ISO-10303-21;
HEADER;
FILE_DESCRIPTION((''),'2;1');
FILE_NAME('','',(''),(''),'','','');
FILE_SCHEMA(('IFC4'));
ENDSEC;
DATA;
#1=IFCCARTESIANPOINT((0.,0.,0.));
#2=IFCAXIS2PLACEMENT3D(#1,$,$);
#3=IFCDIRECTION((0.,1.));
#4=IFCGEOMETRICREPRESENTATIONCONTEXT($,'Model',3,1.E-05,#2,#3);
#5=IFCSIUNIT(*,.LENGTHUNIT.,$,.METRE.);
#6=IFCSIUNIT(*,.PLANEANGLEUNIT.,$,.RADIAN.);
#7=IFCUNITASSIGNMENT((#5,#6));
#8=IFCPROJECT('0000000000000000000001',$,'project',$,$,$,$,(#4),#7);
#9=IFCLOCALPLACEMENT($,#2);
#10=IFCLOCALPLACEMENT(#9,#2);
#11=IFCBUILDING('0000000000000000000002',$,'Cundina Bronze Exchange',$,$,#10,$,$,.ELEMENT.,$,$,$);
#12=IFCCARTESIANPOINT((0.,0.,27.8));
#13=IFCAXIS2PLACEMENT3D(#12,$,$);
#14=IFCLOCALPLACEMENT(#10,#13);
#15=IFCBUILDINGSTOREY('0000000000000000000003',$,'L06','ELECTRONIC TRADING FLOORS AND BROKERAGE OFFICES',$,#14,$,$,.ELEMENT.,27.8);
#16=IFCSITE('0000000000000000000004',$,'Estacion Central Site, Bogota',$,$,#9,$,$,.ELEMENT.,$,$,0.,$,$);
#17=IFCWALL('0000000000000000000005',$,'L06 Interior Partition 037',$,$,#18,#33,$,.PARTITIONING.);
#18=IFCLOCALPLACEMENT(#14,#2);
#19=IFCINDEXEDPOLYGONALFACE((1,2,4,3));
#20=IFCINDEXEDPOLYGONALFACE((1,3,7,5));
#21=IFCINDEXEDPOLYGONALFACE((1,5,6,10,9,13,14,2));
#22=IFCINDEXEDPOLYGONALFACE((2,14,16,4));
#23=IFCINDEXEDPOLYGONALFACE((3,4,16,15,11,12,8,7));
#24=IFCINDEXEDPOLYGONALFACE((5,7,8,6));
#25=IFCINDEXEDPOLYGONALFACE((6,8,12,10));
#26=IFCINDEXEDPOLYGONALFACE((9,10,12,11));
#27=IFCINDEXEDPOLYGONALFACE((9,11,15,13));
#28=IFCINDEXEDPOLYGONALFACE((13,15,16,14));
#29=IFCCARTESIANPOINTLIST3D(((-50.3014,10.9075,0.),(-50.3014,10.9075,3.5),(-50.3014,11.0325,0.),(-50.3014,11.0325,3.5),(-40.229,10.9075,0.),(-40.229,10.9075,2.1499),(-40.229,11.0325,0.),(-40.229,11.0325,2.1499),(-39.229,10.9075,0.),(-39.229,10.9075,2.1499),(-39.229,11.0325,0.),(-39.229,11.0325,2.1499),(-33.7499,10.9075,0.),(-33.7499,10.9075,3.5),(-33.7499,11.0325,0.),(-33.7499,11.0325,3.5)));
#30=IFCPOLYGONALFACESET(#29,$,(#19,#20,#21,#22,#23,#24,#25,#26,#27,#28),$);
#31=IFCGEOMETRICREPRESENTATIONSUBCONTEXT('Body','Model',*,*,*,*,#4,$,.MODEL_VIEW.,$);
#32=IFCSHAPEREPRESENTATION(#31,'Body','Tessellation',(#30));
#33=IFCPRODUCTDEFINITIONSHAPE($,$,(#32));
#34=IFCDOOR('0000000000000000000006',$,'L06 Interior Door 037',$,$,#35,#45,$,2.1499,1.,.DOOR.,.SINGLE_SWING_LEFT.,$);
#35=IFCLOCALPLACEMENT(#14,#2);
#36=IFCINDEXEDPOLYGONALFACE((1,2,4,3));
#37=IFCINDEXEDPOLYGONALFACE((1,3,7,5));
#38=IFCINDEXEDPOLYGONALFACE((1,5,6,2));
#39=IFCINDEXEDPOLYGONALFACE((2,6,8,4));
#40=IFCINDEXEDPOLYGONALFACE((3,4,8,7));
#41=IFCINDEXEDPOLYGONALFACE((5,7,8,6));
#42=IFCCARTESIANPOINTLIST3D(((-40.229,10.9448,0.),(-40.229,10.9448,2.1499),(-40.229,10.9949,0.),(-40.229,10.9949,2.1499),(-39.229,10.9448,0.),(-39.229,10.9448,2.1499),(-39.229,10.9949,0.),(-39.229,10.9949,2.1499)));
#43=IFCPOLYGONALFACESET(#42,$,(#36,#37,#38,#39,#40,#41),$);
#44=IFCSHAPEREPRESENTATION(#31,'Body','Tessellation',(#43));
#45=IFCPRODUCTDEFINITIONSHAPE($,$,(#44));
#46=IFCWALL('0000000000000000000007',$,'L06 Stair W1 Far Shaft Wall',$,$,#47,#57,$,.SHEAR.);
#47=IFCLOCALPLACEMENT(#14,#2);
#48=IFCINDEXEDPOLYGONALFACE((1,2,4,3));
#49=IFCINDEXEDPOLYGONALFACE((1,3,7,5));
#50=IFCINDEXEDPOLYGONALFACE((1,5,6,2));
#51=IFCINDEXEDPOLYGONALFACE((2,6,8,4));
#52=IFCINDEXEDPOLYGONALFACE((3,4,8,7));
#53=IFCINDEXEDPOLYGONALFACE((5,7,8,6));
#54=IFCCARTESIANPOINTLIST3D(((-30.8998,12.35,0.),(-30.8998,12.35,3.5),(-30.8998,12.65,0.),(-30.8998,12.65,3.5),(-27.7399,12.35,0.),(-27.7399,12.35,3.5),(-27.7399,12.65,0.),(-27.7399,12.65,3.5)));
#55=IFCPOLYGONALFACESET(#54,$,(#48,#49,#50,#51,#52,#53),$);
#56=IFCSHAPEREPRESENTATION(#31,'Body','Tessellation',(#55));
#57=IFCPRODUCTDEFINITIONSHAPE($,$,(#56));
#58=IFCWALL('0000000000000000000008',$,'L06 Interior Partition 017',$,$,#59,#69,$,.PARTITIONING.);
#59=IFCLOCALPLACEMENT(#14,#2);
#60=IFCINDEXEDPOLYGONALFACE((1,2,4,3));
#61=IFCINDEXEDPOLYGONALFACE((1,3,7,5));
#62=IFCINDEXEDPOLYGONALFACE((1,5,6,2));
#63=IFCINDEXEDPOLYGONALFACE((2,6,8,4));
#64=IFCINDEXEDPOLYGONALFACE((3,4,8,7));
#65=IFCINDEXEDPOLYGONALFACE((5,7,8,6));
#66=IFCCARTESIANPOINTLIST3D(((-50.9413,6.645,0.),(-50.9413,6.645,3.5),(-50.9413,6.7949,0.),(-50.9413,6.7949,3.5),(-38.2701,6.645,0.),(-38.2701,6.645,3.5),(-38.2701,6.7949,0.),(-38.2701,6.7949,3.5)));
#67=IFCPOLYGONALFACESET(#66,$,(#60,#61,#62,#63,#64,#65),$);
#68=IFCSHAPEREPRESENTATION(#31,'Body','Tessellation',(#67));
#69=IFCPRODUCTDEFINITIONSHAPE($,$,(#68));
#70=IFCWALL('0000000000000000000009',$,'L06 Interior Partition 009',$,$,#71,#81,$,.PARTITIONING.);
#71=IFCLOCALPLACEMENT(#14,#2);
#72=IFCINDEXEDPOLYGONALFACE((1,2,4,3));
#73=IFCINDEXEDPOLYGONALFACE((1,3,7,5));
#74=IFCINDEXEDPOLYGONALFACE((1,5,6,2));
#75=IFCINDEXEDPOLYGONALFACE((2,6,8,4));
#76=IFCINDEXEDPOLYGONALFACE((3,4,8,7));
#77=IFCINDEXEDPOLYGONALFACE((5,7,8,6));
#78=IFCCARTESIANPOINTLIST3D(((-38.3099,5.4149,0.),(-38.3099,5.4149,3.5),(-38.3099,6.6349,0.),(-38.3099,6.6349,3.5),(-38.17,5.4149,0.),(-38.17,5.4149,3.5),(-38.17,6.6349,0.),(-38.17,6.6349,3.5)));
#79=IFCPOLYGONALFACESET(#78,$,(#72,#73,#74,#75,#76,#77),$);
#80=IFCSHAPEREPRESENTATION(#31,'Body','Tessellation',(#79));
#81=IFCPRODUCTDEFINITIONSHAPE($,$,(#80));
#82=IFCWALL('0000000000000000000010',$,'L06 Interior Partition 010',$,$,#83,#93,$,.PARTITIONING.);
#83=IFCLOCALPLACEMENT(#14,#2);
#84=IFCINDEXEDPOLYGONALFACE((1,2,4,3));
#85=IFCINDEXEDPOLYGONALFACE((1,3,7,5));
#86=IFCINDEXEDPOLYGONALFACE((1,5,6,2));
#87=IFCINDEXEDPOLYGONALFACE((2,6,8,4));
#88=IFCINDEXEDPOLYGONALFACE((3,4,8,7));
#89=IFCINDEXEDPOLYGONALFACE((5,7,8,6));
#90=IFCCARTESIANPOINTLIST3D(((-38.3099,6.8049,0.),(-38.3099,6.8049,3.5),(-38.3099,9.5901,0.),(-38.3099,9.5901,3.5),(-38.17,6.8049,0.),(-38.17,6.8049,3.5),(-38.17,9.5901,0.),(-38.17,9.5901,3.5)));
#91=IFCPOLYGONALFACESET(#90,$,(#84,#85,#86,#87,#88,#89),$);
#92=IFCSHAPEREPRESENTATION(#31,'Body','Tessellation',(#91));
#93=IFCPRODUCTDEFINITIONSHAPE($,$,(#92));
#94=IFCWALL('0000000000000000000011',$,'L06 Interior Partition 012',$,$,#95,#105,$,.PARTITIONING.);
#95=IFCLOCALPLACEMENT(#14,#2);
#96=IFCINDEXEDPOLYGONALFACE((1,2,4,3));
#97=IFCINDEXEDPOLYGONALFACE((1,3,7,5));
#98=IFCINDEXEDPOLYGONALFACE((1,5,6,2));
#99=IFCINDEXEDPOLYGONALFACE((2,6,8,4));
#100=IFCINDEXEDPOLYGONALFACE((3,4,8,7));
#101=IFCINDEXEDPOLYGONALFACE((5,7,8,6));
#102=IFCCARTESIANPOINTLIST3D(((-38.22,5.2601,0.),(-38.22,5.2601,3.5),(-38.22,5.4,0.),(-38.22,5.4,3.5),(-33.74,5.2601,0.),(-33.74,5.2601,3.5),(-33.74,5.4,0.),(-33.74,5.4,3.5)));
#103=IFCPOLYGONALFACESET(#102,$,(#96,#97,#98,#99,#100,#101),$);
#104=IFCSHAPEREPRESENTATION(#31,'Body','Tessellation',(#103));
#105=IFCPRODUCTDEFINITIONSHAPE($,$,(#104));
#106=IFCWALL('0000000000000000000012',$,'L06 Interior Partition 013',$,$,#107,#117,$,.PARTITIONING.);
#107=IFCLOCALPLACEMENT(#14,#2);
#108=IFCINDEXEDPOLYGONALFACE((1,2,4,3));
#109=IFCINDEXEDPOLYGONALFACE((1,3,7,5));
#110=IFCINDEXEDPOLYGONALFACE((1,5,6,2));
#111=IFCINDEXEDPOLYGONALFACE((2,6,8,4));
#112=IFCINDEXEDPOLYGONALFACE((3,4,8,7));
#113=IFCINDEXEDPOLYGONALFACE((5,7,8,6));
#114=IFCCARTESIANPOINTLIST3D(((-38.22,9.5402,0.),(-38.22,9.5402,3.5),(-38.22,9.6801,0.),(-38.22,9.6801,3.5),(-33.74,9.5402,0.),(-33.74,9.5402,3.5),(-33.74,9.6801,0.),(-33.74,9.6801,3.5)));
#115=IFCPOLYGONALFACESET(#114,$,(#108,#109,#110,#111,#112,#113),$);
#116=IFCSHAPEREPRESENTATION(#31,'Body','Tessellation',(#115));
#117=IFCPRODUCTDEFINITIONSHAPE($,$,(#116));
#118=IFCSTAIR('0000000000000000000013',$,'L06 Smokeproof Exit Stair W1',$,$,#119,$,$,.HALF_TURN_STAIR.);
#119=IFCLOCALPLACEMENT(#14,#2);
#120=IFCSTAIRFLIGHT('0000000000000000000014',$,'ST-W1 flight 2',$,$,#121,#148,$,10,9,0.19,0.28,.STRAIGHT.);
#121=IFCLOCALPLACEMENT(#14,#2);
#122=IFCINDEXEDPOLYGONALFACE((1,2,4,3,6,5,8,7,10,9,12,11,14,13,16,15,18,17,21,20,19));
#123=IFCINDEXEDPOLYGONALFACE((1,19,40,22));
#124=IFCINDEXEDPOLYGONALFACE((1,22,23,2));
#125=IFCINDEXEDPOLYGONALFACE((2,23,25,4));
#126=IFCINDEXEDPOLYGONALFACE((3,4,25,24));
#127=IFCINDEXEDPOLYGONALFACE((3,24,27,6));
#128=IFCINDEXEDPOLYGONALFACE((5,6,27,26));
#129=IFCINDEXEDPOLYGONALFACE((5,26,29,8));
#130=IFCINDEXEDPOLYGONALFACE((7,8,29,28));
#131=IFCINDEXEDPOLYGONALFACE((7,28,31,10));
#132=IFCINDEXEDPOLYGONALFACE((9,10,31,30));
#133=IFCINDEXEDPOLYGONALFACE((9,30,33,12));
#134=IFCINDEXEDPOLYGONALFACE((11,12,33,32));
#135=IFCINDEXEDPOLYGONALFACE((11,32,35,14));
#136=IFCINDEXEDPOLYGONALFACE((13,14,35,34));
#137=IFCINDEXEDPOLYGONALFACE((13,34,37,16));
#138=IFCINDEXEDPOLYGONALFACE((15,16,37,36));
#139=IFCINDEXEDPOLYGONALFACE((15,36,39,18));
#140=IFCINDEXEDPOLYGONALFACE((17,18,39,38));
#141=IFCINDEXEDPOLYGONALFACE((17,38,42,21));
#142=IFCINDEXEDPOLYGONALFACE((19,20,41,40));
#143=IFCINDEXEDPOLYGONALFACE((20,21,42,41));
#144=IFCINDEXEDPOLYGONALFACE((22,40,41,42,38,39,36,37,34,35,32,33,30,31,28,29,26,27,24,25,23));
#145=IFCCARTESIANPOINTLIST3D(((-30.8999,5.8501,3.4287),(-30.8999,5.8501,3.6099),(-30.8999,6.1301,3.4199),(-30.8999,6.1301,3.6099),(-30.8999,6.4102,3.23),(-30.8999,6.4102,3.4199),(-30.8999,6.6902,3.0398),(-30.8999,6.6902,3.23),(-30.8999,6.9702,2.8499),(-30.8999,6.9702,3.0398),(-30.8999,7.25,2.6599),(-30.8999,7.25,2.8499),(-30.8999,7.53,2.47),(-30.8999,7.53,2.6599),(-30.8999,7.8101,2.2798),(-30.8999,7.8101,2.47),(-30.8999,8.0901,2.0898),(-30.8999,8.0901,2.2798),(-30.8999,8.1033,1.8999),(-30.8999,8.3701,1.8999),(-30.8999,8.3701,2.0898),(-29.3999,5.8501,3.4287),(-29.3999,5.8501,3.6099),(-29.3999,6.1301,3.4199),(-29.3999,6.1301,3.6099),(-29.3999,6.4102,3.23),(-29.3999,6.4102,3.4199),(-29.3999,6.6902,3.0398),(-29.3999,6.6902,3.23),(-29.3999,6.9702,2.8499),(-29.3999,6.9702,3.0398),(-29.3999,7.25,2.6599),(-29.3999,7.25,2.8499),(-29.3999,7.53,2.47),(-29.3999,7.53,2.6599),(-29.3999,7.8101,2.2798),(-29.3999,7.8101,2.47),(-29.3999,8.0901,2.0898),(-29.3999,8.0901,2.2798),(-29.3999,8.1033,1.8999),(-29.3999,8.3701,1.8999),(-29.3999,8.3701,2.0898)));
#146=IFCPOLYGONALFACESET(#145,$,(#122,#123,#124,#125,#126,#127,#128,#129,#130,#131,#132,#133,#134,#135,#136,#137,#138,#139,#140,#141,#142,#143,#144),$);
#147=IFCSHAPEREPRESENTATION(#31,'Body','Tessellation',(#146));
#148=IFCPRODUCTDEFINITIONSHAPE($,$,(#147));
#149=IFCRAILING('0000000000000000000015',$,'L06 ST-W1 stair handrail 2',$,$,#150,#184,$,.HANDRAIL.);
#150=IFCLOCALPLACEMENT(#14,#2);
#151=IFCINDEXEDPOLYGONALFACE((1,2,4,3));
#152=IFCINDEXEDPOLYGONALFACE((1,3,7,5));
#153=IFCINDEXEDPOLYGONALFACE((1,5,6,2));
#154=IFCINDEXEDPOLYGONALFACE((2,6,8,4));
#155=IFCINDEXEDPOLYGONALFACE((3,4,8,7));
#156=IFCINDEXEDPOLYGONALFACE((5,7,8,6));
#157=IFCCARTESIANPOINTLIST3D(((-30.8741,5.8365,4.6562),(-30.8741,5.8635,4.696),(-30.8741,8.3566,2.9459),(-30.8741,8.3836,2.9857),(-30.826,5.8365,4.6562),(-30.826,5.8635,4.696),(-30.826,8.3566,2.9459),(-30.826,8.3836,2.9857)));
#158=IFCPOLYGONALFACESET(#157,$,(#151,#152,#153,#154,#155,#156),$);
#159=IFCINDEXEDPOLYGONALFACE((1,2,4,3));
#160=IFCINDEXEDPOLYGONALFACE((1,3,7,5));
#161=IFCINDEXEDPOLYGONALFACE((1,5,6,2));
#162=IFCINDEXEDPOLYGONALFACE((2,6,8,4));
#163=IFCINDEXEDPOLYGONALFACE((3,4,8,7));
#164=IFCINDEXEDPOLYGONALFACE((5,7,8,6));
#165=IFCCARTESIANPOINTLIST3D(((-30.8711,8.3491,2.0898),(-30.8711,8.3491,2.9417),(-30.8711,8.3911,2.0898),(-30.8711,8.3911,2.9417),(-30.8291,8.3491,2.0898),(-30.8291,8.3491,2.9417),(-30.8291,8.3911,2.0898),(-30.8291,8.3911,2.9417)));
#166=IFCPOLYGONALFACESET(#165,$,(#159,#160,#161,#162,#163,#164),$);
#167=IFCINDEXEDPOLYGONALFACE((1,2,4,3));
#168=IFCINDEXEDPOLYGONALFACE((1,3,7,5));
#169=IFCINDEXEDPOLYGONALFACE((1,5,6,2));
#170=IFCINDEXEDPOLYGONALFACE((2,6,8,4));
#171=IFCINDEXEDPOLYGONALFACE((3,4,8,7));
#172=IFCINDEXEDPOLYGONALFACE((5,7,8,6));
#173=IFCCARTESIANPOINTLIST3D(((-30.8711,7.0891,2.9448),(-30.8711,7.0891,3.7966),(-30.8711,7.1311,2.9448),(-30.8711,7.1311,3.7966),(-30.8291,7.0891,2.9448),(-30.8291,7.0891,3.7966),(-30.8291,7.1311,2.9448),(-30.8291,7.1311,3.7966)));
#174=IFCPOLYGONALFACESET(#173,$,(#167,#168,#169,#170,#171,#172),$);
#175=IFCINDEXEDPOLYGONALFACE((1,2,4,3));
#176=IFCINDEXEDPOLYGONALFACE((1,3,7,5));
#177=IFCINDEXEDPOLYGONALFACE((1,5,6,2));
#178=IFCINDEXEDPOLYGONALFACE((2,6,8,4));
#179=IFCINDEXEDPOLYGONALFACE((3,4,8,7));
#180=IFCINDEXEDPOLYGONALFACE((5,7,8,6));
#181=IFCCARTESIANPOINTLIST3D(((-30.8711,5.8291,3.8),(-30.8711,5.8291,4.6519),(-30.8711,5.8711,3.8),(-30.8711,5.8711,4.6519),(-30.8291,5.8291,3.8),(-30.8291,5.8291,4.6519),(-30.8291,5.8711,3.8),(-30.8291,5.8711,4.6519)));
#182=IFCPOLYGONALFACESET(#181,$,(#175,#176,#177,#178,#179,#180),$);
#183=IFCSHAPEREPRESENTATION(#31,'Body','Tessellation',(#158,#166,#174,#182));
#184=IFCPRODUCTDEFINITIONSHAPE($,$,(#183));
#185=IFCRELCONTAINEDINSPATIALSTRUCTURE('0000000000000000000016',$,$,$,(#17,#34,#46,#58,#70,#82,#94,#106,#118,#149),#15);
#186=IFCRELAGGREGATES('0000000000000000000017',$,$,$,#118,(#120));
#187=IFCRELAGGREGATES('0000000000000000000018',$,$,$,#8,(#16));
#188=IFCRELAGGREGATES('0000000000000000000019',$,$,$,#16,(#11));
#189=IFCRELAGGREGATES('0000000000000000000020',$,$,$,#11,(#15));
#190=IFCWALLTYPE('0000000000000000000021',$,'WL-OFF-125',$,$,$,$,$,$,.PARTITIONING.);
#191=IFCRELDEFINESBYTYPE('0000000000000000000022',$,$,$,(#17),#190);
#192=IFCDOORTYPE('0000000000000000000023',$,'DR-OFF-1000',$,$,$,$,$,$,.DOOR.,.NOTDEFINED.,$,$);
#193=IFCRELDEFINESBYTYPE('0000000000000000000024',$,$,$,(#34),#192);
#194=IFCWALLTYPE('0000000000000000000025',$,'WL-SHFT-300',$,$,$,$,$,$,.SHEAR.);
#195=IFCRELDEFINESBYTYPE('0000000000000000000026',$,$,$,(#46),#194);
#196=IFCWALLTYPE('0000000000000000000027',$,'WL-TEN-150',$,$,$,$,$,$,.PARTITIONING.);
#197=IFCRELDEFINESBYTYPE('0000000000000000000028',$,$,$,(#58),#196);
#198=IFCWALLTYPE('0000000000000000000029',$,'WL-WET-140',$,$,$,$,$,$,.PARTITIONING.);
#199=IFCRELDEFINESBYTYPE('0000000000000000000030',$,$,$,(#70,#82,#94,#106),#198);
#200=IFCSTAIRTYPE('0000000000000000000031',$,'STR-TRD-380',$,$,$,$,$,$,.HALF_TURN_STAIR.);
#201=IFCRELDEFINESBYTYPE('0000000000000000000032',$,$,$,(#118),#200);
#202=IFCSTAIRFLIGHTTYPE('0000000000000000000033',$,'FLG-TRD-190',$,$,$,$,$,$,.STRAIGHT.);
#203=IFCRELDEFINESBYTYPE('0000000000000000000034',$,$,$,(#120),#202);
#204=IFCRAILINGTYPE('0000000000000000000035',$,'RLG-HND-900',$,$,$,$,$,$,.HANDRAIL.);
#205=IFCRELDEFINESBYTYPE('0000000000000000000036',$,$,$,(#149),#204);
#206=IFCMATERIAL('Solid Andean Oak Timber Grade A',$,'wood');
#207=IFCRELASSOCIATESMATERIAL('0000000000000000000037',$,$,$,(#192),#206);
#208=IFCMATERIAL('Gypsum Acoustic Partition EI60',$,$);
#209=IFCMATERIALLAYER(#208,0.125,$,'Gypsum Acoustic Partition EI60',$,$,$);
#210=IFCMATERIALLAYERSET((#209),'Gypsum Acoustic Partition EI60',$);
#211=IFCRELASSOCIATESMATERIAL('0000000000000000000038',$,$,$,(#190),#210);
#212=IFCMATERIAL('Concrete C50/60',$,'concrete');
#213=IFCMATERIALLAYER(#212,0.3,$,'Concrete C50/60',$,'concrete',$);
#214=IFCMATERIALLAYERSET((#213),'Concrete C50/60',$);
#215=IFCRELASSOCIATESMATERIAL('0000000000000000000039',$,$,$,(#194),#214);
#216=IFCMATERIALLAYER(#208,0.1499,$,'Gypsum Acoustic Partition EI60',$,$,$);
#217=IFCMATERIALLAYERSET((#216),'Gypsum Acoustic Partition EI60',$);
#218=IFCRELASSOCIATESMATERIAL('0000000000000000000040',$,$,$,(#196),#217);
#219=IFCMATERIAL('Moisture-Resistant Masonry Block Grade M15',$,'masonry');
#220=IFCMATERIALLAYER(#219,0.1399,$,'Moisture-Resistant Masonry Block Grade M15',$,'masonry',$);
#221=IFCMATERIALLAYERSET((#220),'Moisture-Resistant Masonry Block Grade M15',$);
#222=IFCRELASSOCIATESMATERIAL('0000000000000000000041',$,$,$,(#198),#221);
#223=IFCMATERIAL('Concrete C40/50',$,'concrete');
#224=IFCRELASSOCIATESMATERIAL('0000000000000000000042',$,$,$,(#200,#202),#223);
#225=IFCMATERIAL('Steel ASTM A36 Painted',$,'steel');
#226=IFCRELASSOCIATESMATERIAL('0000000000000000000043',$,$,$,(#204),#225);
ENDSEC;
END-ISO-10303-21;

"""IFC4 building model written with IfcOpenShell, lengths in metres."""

from ifc_helpers import new_model, si_unit, direction, frame, frame_2d, origin, origin_2d, place, context, subcontext, project, spatial, polyline, rectangle, outline, extrude, material, layer, layer_set, type_object, element, fill, aggregate, save


model = new_model("IFC4")

# Units and contexts
model_context = context("Model", 3, precision=1e-05, world=origin(), true_north=direction((0.0, 1.0)))
body_context = subcontext(model_context, "Body", "Model", "MODEL_VIEW")
ifc_project = project(units=[si_unit("LENGTHUNIT", "METRE"), si_unit("PLANEANGLEUNIT", "RADIAN")], contexts=[model_context])

# Site, building, storey
site_placement = place(None, origin())
site = spatial("IfcSite", under=ifc_project, at=site_placement, Name="Estacion Central Site, Bogota", CompositionType="ELEMENT", RefElevation=0.0)
building_placement = place(site_placement, origin())
building = spatial("IfcBuilding", under=site, at=building_placement, Name="Cundina Bronze Exchange", CompositionType="ELEMENT")
storey_placement = place(building_placement, frame((0.0, 0.0, 27.8)))
storey = spatial("IfcBuildingStorey", under=building, at=storey_placement, Name="L06", Description="ELECTRONIC TRADING FLOORS AND BROKERAGE OFFICES", CompositionType="ELEMENT", Elevation=27.8)

# Shared definitions
ifc_material_1 = material(Name="Solid Andean Oak Timber Grade A", Category="wood")
door_type_1 = type_object("IfcDoorType", Name="DR-OFF-1000", OperationType="NOTDEFINED", PredefinedType="DOOR", material=ifc_material_1)

# Wall, opening, door
ifc_material_2 = material(Name="Gypsum Acoustic Partition EI60")
ifc_layer_1 = layer(ifc_material_2, 0.125, Name="Gypsum Acoustic Partition EI60")
ifc_layer_set_1 = layer_set([ifc_layer_1], Name="Gypsum Acoustic Partition EI60")
wall_type_1 = type_object("IfcWallType", Name="WL-OFF-125", PredefinedType="PARTITIONING", material=ifc_layer_set_1)
wall_1_placement = place(storey_placement, frame((-50.3015, 10.97, 0.0), z_axis=(0.0, 0.0, 1.0), x_axis=(1.0, 0.0, 0.0)))
wall_1 = element("IfcWall", 1, at=wall_1_placement, inside=storey, type_object=wall_type_1, Name="L06 Interior Partition 037", PredefinedType="PARTITIONING", context=body_context, shape_type="SweptSolid", body=[
    extrude(rectangle(XDim=16.5515, YDim=0.125, at=frame_2d((8.2759, 0.0))), origin(), (0.0, 0.0, 1.0), 3.5),
])
opening_1_placement = place(wall_1_placement, frame((10.0725, 0.0, 0.0)))
opening_1 = element("IfcOpeningElement", 2, at=opening_1_placement, cuts=wall_1, PredefinedType="OPENING", context=body_context, shape_type="SweptSolid", body=[
    extrude(rectangle(XDim=1.0, YDim=2.1499, at=frame_2d((0.5, 1.075))), frame((0.0, 0.0725, 0.0), z_axis=(0.0, -1.0, 0.0), x_axis=(1.0, 0.0, 0.0)), (0.0, 0.0, 1.0), 0.145),
])
door_1_placement = place(opening_1_placement, origin())
door_1 = element("IfcDoor", 3, at=door_1_placement, inside=storey, type_object=door_type_1, Name="L06 Interior Door 037", OperationType="SINGLE_SWING_LEFT", OverallHeight=2.1499, OverallWidth=1.0, PredefinedType="DOOR", context=body_context, shape_type="SweptSolid", body=[
    extrude(rectangle(XDim=1.0, YDim=2.1499, at=frame_2d((0.5, 1.075))), frame((0.0, 0.0249, 0.0), z_axis=(0.0, -1.0, 0.0), x_axis=(1.0, 0.0, 0.0)), (0.0, 0.0, 1.0), 0.05),
])
fill(opening_1, door_1)
ifc_material_3 = material(Name="Concrete C50/60", Category="concrete")
ifc_layer_2 = layer(ifc_material_3, 0.3, Name="Concrete C50/60", Category="concrete")
ifc_layer_set_2 = layer_set([ifc_layer_2], Name="Concrete C50/60")
wall_type_2 = type_object("IfcWallType", Name="WL-SHFT-300", PredefinedType="SHEAR", material=ifc_layer_set_2)
ifc_material_4 = material(Name="Steel ASTM A36 Painted", Category="steel")

# Walls
wall_2_placement = place(storey_placement, frame((-30.8999, 12.5, 0.0), z_axis=(0.0, 0.0, 1.0), x_axis=(1.0, 0.0, 0.0)))
element("IfcWall", 4, at=wall_2_placement, inside=storey, type_object=wall_type_2, Name="L06 Stair W1 Far Shaft Wall", PredefinedType="SHEAR", context=body_context, shape_type="SweptSolid", body=[
    extrude(rectangle(XDim=3.1599, YDim=0.3, at=frame_2d((1.5801, 0.0))), origin(), (0.0, 0.0, 1.0), 3.5),
])
ifc_layer_3 = layer(ifc_material_2, 0.1499, Name="Gypsum Acoustic Partition EI60")
ifc_layer_set_3 = layer_set([ifc_layer_3], Name="Gypsum Acoustic Partition EI60")
wall_type_3 = type_object("IfcWallType", Name="WL-TEN-150", PredefinedType="PARTITIONING", material=ifc_layer_set_3)
wall_3_placement = place(storey_placement, frame((-50.9412, 6.72, 0.0), z_axis=(0.0, 0.0, 1.0), x_axis=(1.0, 0.0, 0.0)))
element("IfcWall", 5, at=wall_3_placement, inside=storey, type_object=wall_type_3, Name="L06 Interior Partition 017", PredefinedType="PARTITIONING", context=body_context, shape_type="SweptSolid", body=[
    extrude(rectangle(XDim=12.6711, YDim=0.1499, at=frame_2d((6.3354, 0.0))), origin(), (0.0, 0.0, 1.0), 3.5),
])
ifc_material_5 = material(Name="Moisture-Resistant Masonry Block Grade M15", Category="masonry")
ifc_layer_4 = layer(ifc_material_5, 0.1399, Name="Moisture-Resistant Masonry Block Grade M15", Category="masonry")
ifc_layer_set_4 = layer_set([ifc_layer_4], Name="Moisture-Resistant Masonry Block Grade M15")
wall_type_4 = type_object("IfcWallType", Name="WL-WET-140", PredefinedType="PARTITIONING", material=ifc_layer_set_4)
wall_4_placement = place(storey_placement, frame((-38.24, 5.415, 0.0), z_axis=(0.0, 0.0, 1.0), x_axis=(0.0, 1.0, 0.0)))
element("IfcWall", 6, at=wall_4_placement, inside=storey, type_object=wall_type_4, Name="L06 Interior Partition 009", PredefinedType="PARTITIONING", context=body_context, shape_type="SweptSolid", body=[
    extrude(rectangle(XDim=1.22, YDim=0.1399, at=frame_2d((0.6099, 0.0))), origin(), (0.0, 0.0, 1.0), 3.5),
])
wall_5_placement = place(storey_placement, frame((-38.24, 6.8049, 0.0), z_axis=(0.0, 0.0, 1.0), x_axis=(0.0, 1.0, 0.0)))
element("IfcWall", 7, at=wall_5_placement, inside=storey, type_object=wall_type_4, Name="L06 Interior Partition 010", PredefinedType="PARTITIONING", context=body_context, shape_type="SweptSolid", body=[
    extrude(rectangle(XDim=2.7852, YDim=0.1399, at=frame_2d((1.3926, 0.0))), origin(), (0.0, 0.0, 1.0), 3.5),
])
for number, where, z_axis, x_axis, name in (
    (8, (-38.22, 5.3301, 0.0), (0.0, 0.0, 1.0), (1.0, 0.0, 0.0), "L06 Interior Partition 012"),
    (9, (-38.22, 9.6101, 0.0), (0.0, 0.0, 1.0), (1.0, 0.0, 0.0), "L06 Interior Partition 013"),
):
    element("IfcWall", number, at=place(storey_placement, frame(where, z_axis=z_axis, x_axis=x_axis)), inside=storey, type_object=wall_type_4, Name=name, PredefinedType="PARTITIONING", context=body_context, shape_type="SweptSolid", body=[
        extrude(rectangle(XDim=4.48, YDim=0.1399, at=frame_2d((2.24, 0.0))), origin(), (0.0, 0.0, 1.0), 3.5),
    ])

# Stair, stair flight
ifc_material_6 = material(Name="Concrete C40/50", Category="concrete")
stair_type = type_object("IfcStairType", Name="STR-TRD-380", PredefinedType="HALF_TURN_STAIR", material=ifc_material_6)
stair_placement = place(storey_placement, origin())
stair = element("IfcStair", 10, at=stair_placement, inside=storey, type_object=stair_type, Name="L06 Smokeproof Exit Stair W1", PredefinedType="HALF_TURN_STAIR")
stair_flight_type = type_object("IfcStairFlightType", Name="FLG-TRD-190", PredefinedType="STRAIGHT", material=ifc_material_6)
stair_flight_placement = place(storey_placement, frame((-30.1499, 8.3701, 1.8999), z_axis=(0.0, 0.0, 1.0), x_axis=(0.0, -1.0, 0.0)))
stair_flight = element("IfcStairFlight", 11, at=stair_flight_placement, type_object=stair_flight_type, Name="ST-W1 flight 2", NumberOfRisers=10, NumberOfTreads=9, PredefinedType="STRAIGHT", RiserHeight=0.19, TreadLength=0.28, context=body_context, shape_type="SweptSolid", body=[
    extrude(outline(polyline([(0.0, 0.0), (0.0, 0.1899), (0.28, 0.1899), (0.28, 0.3799), (0.5601, 0.3799), (0.5601, 0.5701), (0.8401, 0.5701), (0.8401, 0.76), (1.1201, 0.76), (1.1201, 0.95), (1.3999, 0.95), (1.3999, 1.1399), (1.6799, 1.1399), (1.6799, 1.3301), (1.96, 1.3301), (1.96, 1.52), (2.24, 1.52), (2.24, 1.71), (2.52, 1.71), (2.52, 1.8999), (2.52, 1.5288), (0.2668, 0.0), (0.0, 0.0)])), frame((0.0, 0.75, 0.0), z_axis=(0.0, -1.0, 0.0), x_axis=(1.0, 0.0, 0.0)), (0.0, 0.0, 1.0), 1.5),
])
aggregate(stair, [stair_flight])

# Railing
railing_type_1 = type_object("IfcRailingType", Name="RLG-HND-900", PredefinedType="HANDRAIL", material=ifc_material_4)
railing_1_placement = place(storey_placement, frame((-30.8501, 8.3701, 2.0898)))
element("IfcRailing", 12, at=railing_1_placement, inside=storey, type_object=railing_type_1, Name="L06 ST-W1 stair handrail 2", PredefinedType="HANDRAIL", context=body_context, shape_type="SweptSolid", body=[
    extrude(rectangle(XDim=0.0481, YDim=0.0481, at=origin_2d()), frame((0.0, 0.0, 0.876), z_axis=(0.0, -0.827447, 0.561545), x_axis=(1.0, 0.0, 0.0)), (0.0, 0.0, 1.0), 3.0457),
    extrude(rectangle(XDim=0.042, YDim=0.042, at=origin_2d()), origin(), (0.0, 0.0, 1.0), 0.8518),
    extrude(rectangle(XDim=0.042, YDim=0.042, at=origin_2d()), frame((0.0, -1.26, 0.855)), (0.0, 0.0, 1.0), 0.8518),
    extrude(rectangle(XDim=0.042, YDim=0.042, at=origin_2d()), frame((0.0, -2.52, 1.7102)), (0.0, 0.0, 1.0), 0.8518),
])

save(model, "model.ifc")
